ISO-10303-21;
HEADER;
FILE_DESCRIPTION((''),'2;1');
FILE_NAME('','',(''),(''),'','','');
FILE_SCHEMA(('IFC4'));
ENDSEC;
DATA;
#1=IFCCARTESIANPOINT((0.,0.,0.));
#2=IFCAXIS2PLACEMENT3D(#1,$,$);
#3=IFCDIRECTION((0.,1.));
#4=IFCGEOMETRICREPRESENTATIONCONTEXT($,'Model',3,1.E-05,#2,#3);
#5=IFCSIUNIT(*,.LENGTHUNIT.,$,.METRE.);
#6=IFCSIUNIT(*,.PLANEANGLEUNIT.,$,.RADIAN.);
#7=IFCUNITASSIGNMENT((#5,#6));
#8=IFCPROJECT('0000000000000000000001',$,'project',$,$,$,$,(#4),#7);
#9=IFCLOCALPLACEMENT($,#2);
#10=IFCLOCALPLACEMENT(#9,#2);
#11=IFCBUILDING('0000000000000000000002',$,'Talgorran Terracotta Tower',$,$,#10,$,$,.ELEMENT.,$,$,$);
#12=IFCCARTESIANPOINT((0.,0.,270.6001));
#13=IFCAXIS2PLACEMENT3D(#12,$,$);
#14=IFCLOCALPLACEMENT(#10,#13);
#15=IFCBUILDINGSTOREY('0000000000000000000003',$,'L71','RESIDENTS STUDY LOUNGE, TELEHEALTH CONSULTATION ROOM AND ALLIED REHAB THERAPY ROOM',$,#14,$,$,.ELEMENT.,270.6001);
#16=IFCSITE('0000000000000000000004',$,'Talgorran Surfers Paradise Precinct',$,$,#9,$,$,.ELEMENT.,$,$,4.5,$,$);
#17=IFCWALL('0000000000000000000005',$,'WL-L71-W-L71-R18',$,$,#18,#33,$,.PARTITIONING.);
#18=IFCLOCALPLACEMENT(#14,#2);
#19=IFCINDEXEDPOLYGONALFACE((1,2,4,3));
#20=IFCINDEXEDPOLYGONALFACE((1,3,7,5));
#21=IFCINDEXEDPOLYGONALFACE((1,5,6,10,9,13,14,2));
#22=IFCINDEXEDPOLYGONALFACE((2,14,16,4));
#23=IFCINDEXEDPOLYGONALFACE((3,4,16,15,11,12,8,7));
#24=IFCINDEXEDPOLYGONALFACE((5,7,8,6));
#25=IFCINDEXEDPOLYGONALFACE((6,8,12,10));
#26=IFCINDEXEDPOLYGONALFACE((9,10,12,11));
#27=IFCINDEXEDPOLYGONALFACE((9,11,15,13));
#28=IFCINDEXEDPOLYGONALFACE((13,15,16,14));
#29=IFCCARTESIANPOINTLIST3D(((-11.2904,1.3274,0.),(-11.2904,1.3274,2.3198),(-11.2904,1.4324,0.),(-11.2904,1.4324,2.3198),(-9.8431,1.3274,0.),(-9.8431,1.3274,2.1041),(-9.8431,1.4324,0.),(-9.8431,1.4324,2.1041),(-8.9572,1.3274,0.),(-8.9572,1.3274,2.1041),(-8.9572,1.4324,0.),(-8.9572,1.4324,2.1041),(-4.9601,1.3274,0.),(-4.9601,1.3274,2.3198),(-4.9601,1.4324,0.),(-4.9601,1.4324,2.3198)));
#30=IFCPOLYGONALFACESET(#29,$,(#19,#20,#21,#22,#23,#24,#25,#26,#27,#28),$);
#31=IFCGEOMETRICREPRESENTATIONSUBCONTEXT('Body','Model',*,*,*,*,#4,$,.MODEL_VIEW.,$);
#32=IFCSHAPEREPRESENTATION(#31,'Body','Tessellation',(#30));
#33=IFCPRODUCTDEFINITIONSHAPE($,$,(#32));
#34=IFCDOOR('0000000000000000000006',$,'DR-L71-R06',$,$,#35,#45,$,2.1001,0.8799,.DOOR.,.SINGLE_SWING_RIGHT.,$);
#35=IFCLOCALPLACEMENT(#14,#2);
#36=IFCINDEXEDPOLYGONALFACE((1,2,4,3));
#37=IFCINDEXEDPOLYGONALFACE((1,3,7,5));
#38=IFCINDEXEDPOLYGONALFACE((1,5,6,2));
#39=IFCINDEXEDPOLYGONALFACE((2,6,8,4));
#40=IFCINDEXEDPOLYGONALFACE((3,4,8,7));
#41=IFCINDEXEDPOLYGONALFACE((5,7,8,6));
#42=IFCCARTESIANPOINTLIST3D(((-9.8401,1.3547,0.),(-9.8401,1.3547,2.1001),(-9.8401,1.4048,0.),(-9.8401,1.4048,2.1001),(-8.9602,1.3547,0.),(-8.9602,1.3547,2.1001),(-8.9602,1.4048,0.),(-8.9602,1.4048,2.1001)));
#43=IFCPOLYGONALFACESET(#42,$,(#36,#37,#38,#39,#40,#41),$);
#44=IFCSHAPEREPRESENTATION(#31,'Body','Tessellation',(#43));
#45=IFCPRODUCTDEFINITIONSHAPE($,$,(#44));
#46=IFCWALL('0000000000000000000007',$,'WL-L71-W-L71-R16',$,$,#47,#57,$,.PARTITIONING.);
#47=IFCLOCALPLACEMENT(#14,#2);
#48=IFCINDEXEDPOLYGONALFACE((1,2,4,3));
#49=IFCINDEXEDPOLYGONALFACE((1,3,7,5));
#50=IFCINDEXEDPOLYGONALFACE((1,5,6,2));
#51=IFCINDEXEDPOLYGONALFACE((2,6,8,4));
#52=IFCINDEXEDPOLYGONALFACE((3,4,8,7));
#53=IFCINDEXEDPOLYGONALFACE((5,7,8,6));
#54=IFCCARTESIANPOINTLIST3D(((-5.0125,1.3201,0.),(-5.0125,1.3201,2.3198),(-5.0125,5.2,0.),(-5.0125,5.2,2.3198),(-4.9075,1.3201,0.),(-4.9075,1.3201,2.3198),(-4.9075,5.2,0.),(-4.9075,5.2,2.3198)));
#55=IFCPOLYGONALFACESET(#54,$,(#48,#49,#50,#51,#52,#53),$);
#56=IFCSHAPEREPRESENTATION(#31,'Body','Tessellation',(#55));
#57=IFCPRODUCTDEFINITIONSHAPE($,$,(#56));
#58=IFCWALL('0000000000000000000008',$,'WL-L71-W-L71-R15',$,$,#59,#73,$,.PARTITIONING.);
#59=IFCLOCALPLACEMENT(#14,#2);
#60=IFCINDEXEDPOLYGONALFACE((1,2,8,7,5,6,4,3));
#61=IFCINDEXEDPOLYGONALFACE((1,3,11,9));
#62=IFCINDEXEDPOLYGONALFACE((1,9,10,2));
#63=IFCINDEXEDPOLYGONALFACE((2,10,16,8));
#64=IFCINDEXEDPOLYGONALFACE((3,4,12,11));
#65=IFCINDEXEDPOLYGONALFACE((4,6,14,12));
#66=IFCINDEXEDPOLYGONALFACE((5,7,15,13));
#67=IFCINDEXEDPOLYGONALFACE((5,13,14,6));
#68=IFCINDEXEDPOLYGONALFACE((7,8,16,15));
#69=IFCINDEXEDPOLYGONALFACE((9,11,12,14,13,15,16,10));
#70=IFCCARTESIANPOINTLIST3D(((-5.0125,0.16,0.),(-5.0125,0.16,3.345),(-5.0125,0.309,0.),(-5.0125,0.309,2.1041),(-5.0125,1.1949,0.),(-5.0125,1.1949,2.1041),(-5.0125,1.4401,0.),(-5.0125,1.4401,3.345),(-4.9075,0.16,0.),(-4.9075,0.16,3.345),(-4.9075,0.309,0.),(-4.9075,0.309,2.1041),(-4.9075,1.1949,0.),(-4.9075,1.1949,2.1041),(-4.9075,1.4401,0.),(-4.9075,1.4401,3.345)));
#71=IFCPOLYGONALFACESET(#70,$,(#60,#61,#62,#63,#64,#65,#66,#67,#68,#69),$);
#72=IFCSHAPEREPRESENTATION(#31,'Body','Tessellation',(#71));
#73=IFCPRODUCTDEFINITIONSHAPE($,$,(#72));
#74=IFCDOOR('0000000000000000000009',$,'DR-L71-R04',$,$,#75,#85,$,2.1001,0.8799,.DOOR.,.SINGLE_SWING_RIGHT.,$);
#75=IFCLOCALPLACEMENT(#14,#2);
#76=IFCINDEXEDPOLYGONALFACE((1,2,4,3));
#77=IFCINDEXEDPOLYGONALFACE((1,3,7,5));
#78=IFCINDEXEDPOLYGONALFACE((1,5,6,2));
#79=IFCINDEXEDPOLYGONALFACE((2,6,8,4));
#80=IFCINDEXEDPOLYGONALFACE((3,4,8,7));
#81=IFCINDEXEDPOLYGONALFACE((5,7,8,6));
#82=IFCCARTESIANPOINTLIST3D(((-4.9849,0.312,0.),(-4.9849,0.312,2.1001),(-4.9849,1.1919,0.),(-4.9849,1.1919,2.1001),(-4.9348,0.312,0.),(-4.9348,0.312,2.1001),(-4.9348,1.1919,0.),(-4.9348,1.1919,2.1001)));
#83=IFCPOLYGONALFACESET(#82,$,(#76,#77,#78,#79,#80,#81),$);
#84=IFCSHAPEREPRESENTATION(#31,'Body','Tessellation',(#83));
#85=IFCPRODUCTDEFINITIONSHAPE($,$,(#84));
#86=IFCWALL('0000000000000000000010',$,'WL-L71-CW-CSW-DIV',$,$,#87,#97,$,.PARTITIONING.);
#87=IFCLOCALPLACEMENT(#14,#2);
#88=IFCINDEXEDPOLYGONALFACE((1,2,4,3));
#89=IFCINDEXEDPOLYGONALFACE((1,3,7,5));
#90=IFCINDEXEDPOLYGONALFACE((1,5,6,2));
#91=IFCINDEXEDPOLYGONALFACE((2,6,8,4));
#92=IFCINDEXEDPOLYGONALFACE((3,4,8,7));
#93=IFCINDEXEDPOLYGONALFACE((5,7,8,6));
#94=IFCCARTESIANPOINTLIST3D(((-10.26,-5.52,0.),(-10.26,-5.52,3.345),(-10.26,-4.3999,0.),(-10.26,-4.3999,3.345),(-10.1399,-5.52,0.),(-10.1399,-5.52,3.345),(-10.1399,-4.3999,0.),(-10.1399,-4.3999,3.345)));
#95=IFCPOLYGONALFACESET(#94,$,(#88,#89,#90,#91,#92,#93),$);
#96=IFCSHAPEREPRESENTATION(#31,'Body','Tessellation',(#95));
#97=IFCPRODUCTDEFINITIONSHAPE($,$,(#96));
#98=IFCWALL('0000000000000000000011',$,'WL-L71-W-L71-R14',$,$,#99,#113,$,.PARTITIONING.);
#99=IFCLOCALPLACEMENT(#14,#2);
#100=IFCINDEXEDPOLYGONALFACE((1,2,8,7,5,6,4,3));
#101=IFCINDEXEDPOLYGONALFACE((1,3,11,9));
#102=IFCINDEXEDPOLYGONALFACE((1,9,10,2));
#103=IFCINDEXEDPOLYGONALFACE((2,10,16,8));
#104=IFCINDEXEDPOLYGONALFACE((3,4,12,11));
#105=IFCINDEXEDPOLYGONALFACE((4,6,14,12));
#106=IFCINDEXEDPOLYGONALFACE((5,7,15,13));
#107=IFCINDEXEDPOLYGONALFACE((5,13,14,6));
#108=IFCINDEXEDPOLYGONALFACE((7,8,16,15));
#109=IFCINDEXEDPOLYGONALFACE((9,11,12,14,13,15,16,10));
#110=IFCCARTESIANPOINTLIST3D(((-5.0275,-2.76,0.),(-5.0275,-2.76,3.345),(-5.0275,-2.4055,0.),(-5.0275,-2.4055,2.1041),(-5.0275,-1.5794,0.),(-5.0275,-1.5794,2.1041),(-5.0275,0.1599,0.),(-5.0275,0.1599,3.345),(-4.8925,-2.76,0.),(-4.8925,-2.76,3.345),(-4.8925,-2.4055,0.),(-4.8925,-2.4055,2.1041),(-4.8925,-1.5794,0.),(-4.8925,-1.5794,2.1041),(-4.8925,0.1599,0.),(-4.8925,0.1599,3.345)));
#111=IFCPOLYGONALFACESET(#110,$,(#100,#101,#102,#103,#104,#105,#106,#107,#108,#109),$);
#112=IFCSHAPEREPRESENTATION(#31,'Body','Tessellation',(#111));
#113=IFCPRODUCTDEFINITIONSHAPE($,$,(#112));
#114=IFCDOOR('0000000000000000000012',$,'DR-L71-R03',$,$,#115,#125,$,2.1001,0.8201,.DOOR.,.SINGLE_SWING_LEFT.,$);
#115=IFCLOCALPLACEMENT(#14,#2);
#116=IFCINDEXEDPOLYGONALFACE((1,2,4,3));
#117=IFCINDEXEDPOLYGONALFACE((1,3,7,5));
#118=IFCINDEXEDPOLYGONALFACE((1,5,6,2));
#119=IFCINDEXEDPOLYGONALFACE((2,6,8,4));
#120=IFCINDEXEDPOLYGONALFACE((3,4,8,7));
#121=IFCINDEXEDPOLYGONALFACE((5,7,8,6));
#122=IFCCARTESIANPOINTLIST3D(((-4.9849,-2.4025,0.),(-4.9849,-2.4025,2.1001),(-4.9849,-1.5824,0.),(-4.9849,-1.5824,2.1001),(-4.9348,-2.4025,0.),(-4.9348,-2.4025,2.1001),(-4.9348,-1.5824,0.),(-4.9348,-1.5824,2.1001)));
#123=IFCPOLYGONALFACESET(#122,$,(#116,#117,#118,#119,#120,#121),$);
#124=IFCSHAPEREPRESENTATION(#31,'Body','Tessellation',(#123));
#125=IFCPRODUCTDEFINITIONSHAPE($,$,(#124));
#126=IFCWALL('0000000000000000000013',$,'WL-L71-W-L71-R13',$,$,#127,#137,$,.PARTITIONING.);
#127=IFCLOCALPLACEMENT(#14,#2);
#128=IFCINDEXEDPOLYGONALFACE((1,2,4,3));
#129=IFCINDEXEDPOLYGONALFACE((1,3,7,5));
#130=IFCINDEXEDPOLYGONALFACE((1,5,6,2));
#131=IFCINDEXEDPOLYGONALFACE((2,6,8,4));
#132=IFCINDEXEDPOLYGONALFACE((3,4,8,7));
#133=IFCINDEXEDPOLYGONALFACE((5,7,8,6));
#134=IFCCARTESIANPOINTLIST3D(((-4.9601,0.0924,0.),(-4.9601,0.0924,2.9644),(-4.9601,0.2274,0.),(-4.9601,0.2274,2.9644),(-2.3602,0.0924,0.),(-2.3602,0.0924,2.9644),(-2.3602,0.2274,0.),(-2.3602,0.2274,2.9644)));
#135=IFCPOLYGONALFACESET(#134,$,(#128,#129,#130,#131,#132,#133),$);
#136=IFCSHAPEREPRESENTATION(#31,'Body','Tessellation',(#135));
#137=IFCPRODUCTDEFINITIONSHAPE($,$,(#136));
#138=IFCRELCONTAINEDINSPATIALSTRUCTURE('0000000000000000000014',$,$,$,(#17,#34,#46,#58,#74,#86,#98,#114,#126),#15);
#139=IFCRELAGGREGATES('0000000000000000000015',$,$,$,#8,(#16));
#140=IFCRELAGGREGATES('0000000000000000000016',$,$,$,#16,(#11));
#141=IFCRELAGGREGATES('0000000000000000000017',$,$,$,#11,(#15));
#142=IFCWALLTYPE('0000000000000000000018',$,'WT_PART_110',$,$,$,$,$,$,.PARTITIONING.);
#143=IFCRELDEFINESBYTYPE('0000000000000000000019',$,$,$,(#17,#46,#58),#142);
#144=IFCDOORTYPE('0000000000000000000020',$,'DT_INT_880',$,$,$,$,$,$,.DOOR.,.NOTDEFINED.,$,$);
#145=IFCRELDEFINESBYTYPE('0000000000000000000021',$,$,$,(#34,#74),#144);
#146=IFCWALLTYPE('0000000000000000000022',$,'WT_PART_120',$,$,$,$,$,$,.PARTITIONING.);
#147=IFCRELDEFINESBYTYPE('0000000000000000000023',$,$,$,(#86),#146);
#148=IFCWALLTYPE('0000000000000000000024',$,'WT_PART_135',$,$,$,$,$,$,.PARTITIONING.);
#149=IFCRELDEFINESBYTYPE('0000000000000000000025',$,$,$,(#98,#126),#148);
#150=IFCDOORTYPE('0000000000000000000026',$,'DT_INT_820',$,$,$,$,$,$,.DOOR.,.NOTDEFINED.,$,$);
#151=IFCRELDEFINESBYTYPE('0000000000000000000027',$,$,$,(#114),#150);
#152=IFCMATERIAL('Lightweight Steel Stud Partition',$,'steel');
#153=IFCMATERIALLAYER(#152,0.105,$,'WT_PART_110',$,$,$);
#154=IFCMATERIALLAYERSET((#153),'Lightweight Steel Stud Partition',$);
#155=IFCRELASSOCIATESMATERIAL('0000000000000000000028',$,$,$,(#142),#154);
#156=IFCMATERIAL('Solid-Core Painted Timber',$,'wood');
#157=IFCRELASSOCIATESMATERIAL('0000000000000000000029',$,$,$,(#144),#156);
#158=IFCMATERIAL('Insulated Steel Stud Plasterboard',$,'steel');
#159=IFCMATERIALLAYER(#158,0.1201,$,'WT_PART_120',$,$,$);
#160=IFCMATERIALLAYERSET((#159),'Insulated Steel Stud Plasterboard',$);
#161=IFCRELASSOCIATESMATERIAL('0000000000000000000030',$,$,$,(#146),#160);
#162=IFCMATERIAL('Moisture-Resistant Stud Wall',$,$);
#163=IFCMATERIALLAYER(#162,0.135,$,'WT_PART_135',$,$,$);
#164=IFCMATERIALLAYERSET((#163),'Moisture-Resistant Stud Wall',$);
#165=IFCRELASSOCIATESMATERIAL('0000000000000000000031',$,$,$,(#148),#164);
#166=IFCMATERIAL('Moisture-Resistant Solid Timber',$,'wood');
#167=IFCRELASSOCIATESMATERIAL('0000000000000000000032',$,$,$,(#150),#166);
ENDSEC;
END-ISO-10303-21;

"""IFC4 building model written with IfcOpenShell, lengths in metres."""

from ifc_helpers import new_model, si_unit, direction, frame, frame_2d, origin, place, context, subcontext, project, spatial, rectangle, extrude, material, layer, layer_set, type_object, element, fill, save


model = new_model("IFC4")

# Units and contexts
model_context = context("Model", 3, precision=1e-05, world=origin(), true_north=direction((0.0, 1.0)))
body_context = subcontext(model_context, "Body", "Model", "MODEL_VIEW")
ifc_project = project(units=[si_unit("LENGTHUNIT", "METRE"), si_unit("PLANEANGLEUNIT", "RADIAN")], contexts=[model_context])

# Site, building, storey
site_placement = place(None, origin())
site = spatial("IfcSite", under=ifc_project, at=site_placement, Name="Talgorran Surfers Paradise Precinct", CompositionType="ELEMENT", RefElevation=4.5)
building_placement = place(site_placement, origin())
building = spatial("IfcBuilding", under=site, at=building_placement, Name="Talgorran Terracotta Tower", CompositionType="ELEMENT")
storey_placement = place(building_placement, frame((0.0, 0.0, 270.6001)))
storey = spatial("IfcBuildingStorey", under=building, at=storey_placement, Name="L71", Description="RESIDENTS STUDY LOUNGE, TELEHEALTH CONSULTATION ROOM AND ALLIED REHAB THERAPY ROOM", CompositionType="ELEMENT", Elevation=270.6001)

# Wall, opening, door
ifc_material_1 = material(Name="Lightweight Steel Stud Partition", Category="steel")
ifc_layer_1 = layer(ifc_material_1, 0.105, Name="WT_PART_110")
ifc_layer_set_1 = layer_set([ifc_layer_1], Name="Lightweight Steel Stud Partition")
wall_type_1 = type_object("IfcWallType", Name="WT_PART_110", PredefinedType="PARTITIONING", material=ifc_layer_set_1)
wall_1_placement = place(storey_placement, frame((-11.2903, 1.3799, 0.0), z_axis=(0.0, 0.0, 1.0), x_axis=(1.0, 0.0, 0.0)))
wall_1 = element("IfcWall", 1, at=wall_1_placement, inside=storey, type_object=wall_type_1, Name="WL-L71-W-L71-R18", PredefinedType="PARTITIONING", context=body_context, shape_type="SweptSolid", body=[
    extrude(rectangle(XDim=6.3303, YDim=0.105, at=frame_2d((3.165, 0.0))), origin(), (0.0, 0.0, 1.0), 2.3198),
])
opening_1_placement = place(wall_1_placement, frame((1.4502, 0.0, 0.0)))
opening_1 = element("IfcOpeningElement", 2, at=opening_1_placement, cuts=wall_1, PredefinedType="OPENING", context=body_context, shape_type="SweptSolid", body=[
    extrude(rectangle(XDim=0.8859, YDim=2.1041, at=frame_2d((0.4399, 1.052))), frame((0.0, 0.0625, 0.0), z_axis=(0.0, -1.0, 0.0), x_axis=(1.0, 0.0, 0.0)), (0.0, 0.0, 1.0), 0.125),
])
ifc_material_2 = material(Name="Solid-Core Painted Timber", Category="wood")
door_type_1 = type_object("IfcDoorType", Name="DT_INT_880", OperationType="NOTDEFINED", PredefinedType="DOOR", material=ifc_material_2)
door_1_placement = place(opening_1_placement, origin())
door_1 = element("IfcDoor", 3, at=door_1_placement, inside=storey, type_object=door_type_1, Name="DR-L71-R06", OperationType="SINGLE_SWING_RIGHT", OverallHeight=2.1001, OverallWidth=0.8799, PredefinedType="DOOR", context=body_context, shape_type="SweptSolid", body=[
    extrude(rectangle(XDim=0.8799, YDim=2.1001, at=frame_2d((0.4399, 1.05))), frame((0.0, 0.0249, 0.0), z_axis=(0.0, -1.0, 0.0), x_axis=(1.0, 0.0, 0.0)), (0.0, 0.0, 1.0), 0.05),
])
fill(opening_1, door_1)

# Wall
wall_2_placement = place(storey_placement, frame((-4.96, 1.3201, 0.0), z_axis=(0.0, 0.0, 1.0), x_axis=(0.0, 1.0, 0.0)))
element("IfcWall", 4, at=wall_2_placement, inside=storey, type_object=wall_type_1, Name="WL-L71-W-L71-R16", PredefinedType="PARTITIONING", context=body_context, shape_type="SweptSolid", body=[
    extrude(rectangle(XDim=3.8799, YDim=0.105, at=frame_2d((1.9399, 0.0))), origin(), (0.0, 0.0, 1.0), 2.3198),
])

# Wall, opening, door
wall_3_placement = place(storey_placement, frame((-4.96, 0.1599, 0.0), z_axis=(0.0, 0.0, 1.0), x_axis=(0.0, 1.0, 0.0)))
wall_3 = element("IfcWall", 5, at=wall_3_placement, inside=storey, type_object=wall_type_1, Name="WL-L71-W-L71-R15", PredefinedType="PARTITIONING", context=body_context, shape_type="SweptSolid", body=[
    extrude(rectangle(XDim=1.28, YDim=0.105, at=frame_2d((0.6401, 0.0))), origin(), (0.0, 0.0, 1.0), 3.345),
])
opening_2_placement = place(wall_3_placement, frame((0.1521, 0.0, 0.0)))
opening_2 = element("IfcOpeningElement", 6, at=opening_2_placement, cuts=wall_3, PredefinedType="OPENING", context=body_context, shape_type="SweptSolid", body=[
    extrude(rectangle(XDim=0.8859, YDim=2.1041, at=frame_2d((0.4399, 1.052))), frame((0.0, 0.0625, 0.0), z_axis=(0.0, -1.0, 0.0), x_axis=(1.0, 0.0, 0.0)), (0.0, 0.0, 1.0), 0.125),
])
door_2_placement = place(opening_2_placement, origin())
door_2 = element("IfcDoor", 7, at=door_2_placement, inside=storey, type_object=door_type_1, Name="DR-L71-R04", OperationType="SINGLE_SWING_RIGHT", OverallHeight=2.1001, OverallWidth=0.8799, PredefinedType="DOOR", context=body_context, shape_type="SweptSolid", body=[
    extrude(rectangle(XDim=0.8799, YDim=2.1001, at=frame_2d((0.4399, 1.05))), frame((0.0, 0.0249, 0.0), z_axis=(0.0, -1.0, 0.0), x_axis=(1.0, 0.0, 0.0)), (0.0, 0.0, 1.0), 0.05),
])
fill(opening_2, door_2)

# Wall
ifc_material_3 = material(Name="Insulated Steel Stud Plasterboard", Category="steel")
ifc_layer_2 = layer(ifc_material_3, 0.1201, Name="WT_PART_120")
ifc_layer_set_2 = layer_set([ifc_layer_2], Name="Insulated Steel Stud Plasterboard")
wall_type_2 = type_object("IfcWallType", Name="WT_PART_120", PredefinedType="PARTITIONING", material=ifc_layer_set_2)
wall_4_placement = place(storey_placement, frame((-10.2, -5.52, 0.0), z_axis=(0.0, 0.0, 1.0), x_axis=(0.0, 1.0, 0.0)))
element("IfcWall", 8, at=wall_4_placement, inside=storey, type_object=wall_type_2, Name="WL-L71-CW-CSW-DIV", PredefinedType="PARTITIONING", context=body_context, shape_type="SweptSolid", body=[
    extrude(rectangle(XDim=1.1201, YDim=0.1201, at=frame_2d((0.5601, 0.0))), origin(), (0.0, 0.0, 1.0), 3.345),
])

# Wall, opening, door
ifc_material_4 = material(Name="Moisture-Resistant Stud Wall")
ifc_layer_3 = layer(ifc_material_4, 0.135, Name="WT_PART_135")
ifc_layer_set_3 = layer_set([ifc_layer_3], Name="Moisture-Resistant Stud Wall")
wall_type_3 = type_object("IfcWallType", Name="WT_PART_135", PredefinedType="PARTITIONING", material=ifc_layer_set_3)
wall_5_placement = place(storey_placement, frame((-4.96, -2.76, 0.0), z_axis=(0.0, 0.0, 1.0), x_axis=(0.0, 1.0, 0.0)))
wall_5 = element("IfcWall", 9, at=wall_5_placement, inside=storey, type_object=wall_type_3, Name="WL-L71-W-L71-R14", PredefinedType="PARTITIONING", context=body_context, shape_type="SweptSolid", body=[
    extrude(rectangle(XDim=2.9199, YDim=0.135, at=frame_2d((1.46, 0.0))), origin(), (0.0, 0.0, 1.0), 3.345),
])
opening_3_placement = place(wall_5_placement, frame((0.3574, 0.0, 0.0)))
opening_3 = element("IfcOpeningElement", 10, at=opening_3_placement, cuts=wall_5, PredefinedType="OPENING", context=body_context, shape_type="SweptSolid", body=[
    extrude(rectangle(XDim=0.8261, YDim=2.1041, at=frame_2d((0.4102, 1.052))), frame((0.0, 0.0776, 0.0), z_axis=(0.0, -1.0, 0.0), x_axis=(1.0, 0.0, 0.0)), (0.0, 0.0, 1.0), 0.155),
])
ifc_material_5 = material(Name="Moisture-Resistant Solid Timber", Category="wood")
door_type_2 = type_object("IfcDoorType", Name="DT_INT_820", OperationType="NOTDEFINED", PredefinedType="DOOR", material=ifc_material_5)
door_3_placement = place(opening_3_placement, origin())
door_3 = element("IfcDoor", 11, at=door_3_placement, inside=storey, type_object=door_type_2, Name="DR-L71-R03", OperationType="SINGLE_SWING_LEFT", OverallHeight=2.1001, OverallWidth=0.8201, PredefinedType="DOOR", context=body_context, shape_type="SweptSolid", body=[
    extrude(rectangle(XDim=0.8201, YDim=2.1001, at=frame_2d((0.4102, 1.05))), frame((0.0, 0.0249, 0.0), z_axis=(0.0, -1.0, 0.0), x_axis=(1.0, 0.0, 0.0)), (0.0, 0.0, 1.0), 0.05),
])
fill(opening_3, door_3)

# Wall
wall_6_placement = place(storey_placement, frame((-4.96, 0.1599, 0.0), z_axis=(0.0, 0.0, 1.0), x_axis=(1.0, 0.0, 0.0)))
element("IfcWall", 12, at=wall_6_placement, inside=storey, type_object=wall_type_3, Name="WL-L71-W-L71-R13", PredefinedType="PARTITIONING", context=body_context, shape_type="SweptSolid", body=[
    extrude(rectangle(XDim=2.5999, YDim=0.135, at=frame_2d((1.2998, 0.0))), origin(), (0.0, 0.0, 1.0), 2.9644),
])

save(model, "model.ifc")
